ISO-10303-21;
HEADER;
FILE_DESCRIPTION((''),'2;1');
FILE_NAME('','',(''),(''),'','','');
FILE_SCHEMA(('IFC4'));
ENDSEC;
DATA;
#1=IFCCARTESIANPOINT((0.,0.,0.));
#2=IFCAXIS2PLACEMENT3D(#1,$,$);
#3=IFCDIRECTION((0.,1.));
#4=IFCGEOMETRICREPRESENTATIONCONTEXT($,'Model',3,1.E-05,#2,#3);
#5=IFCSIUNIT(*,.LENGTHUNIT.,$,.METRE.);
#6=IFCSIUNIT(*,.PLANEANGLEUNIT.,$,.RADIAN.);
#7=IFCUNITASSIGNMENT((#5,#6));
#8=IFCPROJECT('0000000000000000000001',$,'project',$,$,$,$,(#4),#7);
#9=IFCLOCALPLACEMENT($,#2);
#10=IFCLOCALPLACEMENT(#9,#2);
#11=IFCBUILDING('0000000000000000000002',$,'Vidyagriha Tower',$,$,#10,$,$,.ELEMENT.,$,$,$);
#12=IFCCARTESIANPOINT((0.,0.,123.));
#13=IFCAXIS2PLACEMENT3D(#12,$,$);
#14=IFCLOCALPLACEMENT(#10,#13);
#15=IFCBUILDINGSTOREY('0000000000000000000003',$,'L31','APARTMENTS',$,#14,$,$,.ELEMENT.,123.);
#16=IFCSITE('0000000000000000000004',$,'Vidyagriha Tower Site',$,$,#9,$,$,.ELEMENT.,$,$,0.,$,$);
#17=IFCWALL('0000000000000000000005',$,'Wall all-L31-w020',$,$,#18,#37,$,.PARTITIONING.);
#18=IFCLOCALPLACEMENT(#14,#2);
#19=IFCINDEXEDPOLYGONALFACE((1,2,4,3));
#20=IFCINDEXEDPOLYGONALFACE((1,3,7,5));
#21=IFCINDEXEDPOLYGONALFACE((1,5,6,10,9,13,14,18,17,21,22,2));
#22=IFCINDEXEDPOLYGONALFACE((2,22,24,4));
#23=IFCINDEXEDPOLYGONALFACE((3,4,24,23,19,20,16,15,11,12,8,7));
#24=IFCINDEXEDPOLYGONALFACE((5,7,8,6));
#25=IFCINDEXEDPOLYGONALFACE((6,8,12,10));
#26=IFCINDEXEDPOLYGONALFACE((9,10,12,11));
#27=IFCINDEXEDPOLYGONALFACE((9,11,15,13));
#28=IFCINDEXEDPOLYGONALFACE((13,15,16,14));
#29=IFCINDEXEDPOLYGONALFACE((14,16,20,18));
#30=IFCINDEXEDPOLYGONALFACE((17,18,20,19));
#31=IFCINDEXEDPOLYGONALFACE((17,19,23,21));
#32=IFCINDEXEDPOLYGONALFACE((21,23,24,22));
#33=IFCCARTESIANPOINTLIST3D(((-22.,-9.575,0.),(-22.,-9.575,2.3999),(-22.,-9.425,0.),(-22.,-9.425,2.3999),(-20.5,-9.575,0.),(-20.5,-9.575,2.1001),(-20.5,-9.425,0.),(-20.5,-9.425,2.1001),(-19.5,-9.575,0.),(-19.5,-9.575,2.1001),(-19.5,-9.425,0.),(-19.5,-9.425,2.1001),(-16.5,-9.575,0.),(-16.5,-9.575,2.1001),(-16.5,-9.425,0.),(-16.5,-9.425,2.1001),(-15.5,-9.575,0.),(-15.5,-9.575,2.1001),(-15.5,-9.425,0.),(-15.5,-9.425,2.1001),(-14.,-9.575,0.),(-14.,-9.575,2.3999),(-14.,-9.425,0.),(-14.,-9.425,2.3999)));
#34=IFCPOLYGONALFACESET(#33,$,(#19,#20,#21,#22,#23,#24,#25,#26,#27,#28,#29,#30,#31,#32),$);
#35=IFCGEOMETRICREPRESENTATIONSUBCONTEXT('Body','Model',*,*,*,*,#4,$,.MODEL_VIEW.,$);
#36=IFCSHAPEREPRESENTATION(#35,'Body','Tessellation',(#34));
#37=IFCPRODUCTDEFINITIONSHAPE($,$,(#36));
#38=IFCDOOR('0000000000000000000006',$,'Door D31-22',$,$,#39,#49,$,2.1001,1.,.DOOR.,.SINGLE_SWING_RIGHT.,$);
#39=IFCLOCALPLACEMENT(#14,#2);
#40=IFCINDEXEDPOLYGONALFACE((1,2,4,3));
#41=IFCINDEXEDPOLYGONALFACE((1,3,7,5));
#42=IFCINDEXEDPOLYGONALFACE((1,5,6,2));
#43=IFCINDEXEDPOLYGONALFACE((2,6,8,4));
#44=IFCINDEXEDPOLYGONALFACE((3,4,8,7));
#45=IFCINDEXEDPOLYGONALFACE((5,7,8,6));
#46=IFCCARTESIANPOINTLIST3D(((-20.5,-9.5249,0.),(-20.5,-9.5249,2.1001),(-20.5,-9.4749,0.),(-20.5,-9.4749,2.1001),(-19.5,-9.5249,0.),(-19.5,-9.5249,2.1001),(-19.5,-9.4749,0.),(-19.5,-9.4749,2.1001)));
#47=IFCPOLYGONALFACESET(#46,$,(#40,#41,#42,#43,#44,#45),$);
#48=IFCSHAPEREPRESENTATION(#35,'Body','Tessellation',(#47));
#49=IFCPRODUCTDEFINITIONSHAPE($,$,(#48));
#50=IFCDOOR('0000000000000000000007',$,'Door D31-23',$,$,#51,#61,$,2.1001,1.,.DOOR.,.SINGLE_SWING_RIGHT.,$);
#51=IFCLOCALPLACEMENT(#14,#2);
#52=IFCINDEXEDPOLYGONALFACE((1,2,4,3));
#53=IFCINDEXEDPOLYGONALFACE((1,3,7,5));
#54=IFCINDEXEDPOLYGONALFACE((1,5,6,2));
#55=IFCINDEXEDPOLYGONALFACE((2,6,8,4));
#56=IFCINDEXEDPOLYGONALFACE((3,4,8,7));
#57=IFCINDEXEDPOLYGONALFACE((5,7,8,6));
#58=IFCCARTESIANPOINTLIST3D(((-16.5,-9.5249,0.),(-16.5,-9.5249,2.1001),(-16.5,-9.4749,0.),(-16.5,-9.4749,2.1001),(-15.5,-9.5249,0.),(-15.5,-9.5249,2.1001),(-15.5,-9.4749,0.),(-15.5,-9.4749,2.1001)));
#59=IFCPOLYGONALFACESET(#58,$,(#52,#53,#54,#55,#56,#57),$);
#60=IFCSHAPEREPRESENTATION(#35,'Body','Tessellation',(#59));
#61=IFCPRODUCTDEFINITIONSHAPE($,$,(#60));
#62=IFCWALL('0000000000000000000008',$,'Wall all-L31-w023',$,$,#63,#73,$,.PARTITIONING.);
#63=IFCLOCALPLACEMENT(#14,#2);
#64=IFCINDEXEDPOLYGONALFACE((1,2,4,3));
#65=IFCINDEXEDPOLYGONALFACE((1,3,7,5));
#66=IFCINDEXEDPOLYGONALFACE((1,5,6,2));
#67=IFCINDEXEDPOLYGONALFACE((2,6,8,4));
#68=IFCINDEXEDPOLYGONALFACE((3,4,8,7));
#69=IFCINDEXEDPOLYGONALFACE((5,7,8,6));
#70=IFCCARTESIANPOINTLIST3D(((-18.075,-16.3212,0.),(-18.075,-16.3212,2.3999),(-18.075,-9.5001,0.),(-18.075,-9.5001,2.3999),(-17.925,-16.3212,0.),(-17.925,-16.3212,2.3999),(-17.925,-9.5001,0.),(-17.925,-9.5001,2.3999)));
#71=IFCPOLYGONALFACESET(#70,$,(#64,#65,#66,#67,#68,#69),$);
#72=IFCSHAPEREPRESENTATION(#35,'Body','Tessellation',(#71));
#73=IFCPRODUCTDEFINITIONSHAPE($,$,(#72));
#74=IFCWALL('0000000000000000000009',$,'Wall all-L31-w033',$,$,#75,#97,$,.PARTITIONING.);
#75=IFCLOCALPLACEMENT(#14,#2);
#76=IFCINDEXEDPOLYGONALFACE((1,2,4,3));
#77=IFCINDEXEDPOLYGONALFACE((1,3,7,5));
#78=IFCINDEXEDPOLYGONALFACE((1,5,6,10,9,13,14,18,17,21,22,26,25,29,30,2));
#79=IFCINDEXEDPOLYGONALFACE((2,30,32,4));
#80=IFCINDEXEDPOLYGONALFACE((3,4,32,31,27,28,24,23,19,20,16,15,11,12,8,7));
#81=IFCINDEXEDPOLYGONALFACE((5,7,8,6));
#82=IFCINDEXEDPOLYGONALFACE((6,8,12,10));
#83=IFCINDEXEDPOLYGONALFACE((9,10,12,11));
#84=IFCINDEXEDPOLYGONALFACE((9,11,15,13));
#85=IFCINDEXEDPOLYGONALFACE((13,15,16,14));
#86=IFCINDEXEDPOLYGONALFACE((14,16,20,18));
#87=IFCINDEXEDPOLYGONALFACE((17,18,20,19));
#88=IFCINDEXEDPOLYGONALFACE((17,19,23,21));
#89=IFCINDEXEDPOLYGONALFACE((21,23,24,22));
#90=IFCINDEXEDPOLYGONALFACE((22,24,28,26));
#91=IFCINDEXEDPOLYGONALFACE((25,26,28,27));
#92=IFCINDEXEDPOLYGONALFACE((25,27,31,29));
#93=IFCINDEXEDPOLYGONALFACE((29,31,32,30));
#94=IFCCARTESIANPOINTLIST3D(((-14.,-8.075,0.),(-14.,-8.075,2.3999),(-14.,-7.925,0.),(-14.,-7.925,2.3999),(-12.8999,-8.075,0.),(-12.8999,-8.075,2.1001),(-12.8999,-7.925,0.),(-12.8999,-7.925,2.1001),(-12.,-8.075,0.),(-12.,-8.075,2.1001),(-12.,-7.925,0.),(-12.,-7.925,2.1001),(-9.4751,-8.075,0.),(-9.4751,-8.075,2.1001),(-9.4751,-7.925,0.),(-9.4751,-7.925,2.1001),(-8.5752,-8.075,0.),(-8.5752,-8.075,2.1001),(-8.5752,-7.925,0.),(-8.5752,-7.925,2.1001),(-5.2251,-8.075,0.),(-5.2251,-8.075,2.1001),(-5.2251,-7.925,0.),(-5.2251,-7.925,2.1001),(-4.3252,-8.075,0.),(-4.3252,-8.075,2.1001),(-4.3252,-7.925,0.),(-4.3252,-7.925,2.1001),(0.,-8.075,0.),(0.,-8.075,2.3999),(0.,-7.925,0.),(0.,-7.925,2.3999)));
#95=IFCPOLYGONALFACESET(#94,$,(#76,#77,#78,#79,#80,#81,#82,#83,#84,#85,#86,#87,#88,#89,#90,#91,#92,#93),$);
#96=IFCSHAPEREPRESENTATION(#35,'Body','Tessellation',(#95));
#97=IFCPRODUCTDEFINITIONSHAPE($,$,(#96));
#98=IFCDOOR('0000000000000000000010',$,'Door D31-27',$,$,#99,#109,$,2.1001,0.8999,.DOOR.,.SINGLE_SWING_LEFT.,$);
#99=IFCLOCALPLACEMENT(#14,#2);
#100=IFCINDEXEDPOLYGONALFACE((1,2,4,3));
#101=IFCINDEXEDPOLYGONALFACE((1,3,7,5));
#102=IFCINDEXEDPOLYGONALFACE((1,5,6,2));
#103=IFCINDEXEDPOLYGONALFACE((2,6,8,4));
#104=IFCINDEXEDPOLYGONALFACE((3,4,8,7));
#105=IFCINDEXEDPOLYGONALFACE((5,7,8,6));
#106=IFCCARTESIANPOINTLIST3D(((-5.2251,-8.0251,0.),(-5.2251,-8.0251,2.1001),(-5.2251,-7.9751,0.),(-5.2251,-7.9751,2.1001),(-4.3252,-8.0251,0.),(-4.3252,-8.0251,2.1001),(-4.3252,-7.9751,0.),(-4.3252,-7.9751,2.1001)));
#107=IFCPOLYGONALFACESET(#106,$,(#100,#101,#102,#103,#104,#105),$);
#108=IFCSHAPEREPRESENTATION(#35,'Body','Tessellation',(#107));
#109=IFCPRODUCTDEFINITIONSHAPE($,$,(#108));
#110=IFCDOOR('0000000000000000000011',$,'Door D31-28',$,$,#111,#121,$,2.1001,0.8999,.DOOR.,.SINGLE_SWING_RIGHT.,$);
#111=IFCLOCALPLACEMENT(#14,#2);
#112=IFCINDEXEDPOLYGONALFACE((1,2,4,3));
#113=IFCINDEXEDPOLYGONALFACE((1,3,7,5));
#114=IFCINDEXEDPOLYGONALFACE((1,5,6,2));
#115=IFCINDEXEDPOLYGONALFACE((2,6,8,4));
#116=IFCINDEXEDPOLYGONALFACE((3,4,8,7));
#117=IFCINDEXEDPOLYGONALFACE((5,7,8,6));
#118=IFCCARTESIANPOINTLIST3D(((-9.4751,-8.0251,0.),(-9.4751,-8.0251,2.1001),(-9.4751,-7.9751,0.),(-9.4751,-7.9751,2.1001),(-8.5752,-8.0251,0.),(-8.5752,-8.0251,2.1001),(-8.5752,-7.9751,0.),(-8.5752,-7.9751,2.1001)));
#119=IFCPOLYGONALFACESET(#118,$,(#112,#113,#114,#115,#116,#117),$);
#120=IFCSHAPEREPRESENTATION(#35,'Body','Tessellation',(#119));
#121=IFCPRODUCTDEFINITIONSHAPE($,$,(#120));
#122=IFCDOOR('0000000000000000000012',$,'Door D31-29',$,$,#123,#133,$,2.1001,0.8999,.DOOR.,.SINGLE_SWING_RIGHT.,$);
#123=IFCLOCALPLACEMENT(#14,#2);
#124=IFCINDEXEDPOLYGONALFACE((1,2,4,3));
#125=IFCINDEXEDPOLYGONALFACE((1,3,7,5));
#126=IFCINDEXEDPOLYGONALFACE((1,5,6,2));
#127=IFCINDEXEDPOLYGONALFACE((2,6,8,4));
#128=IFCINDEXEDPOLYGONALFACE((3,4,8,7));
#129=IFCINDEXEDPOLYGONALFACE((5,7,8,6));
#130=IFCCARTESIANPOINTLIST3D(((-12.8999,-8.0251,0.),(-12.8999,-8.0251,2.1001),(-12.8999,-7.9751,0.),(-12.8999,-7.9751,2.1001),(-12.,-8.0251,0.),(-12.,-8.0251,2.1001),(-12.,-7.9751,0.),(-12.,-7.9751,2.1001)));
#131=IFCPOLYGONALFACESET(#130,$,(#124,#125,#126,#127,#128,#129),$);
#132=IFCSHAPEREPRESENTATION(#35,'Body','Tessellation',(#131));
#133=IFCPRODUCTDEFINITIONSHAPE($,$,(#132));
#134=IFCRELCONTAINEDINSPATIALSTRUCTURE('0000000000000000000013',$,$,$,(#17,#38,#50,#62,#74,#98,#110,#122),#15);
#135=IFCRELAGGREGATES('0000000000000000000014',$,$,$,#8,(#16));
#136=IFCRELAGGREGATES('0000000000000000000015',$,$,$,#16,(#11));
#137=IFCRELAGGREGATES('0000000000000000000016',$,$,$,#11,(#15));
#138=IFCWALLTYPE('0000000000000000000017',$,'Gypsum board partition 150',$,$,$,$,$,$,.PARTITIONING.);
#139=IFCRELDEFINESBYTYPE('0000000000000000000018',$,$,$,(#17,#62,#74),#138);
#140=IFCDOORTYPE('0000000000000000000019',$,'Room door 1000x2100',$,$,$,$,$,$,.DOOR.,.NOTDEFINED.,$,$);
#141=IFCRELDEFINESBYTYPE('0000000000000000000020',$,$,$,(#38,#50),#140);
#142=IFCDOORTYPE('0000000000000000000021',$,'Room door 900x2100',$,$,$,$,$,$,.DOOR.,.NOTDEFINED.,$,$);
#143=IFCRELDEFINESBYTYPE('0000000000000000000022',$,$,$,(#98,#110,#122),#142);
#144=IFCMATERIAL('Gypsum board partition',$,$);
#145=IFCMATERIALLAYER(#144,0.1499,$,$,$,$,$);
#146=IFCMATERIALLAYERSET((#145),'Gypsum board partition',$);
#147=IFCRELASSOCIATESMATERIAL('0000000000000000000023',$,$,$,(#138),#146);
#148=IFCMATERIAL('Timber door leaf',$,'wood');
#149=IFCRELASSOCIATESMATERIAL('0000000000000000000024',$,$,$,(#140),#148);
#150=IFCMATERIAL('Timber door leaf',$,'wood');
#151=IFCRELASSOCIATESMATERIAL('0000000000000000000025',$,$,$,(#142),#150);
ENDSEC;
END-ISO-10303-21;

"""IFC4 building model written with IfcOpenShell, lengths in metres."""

from ifc_helpers import new_model, si_unit, direction, frame, frame_2d, origin, place, context, subcontext, project, spatial, rectangle, extrude, material, layer, layer_set, type_object, element, fill, save


model = new_model("IFC4")

# Units and contexts
model_context = context("Model", 3, precision=1e-05, world=origin(), true_north=direction((0.0, 1.0)))
body_context = subcontext(model_context, "Body", "Model", "MODEL_VIEW")
ifc_project = project(units=[si_unit("LENGTHUNIT", "METRE"), si_unit("PLANEANGLEUNIT", "RADIAN")], contexts=[model_context])

# Site, building, storey
site_placement = place(None, origin())
site = spatial("IfcSite", under=ifc_project, at=site_placement, Name="Vidyagriha Tower Site", CompositionType="ELEMENT", RefElevation=0.0)
building_placement = place(site_placement, origin())
building = spatial("IfcBuilding", under=site, at=building_placement, Name="Vidyagriha Tower", CompositionType="ELEMENT")
storey_placement = place(building_placement, frame((0.0, 0.0, 123.0)))
storey = spatial("IfcBuildingStorey", under=building, at=storey_placement, Name="L31", Description="APARTMENTS", CompositionType="ELEMENT", Elevation=123.0)

# Shared definitions
ifc_material_1 = material(Name="Gypsum board partition")
ifc_layer_1 = layer(ifc_material_1, 0.1499)
ifc_layer_set_1 = layer_set([ifc_layer_1], Name="Gypsum board partition")
wall_type_1 = type_object("IfcWallType", Name="Gypsum board partition 150", PredefinedType="PARTITIONING", material=ifc_layer_set_1)

# Wall, openings, doors
wall_1_placement = place(storey_placement, frame((-14.0, -9.5, 0.0), z_axis=(0.0, 0.0, 1.0), x_axis=(-1.0, 0.0, 0.0)))
wall_1 = element("IfcWall", 1, at=wall_1_placement, inside=storey, type_object=wall_type_1, Name="Wall all-L31-w020", PredefinedType="PARTITIONING", context=body_context, shape_type="SweptSolid", body=[
    extrude(rectangle(XDim=8.0, YDim=0.1499, at=frame_2d((4.0, 0.0))), origin(), (0.0, 0.0, 1.0), 2.3999),
])
opening_1_placement = place(wall_1_placement, frame((5.5, 0.0, 0.0)))
opening_1 = element("IfcOpeningElement", 2, at=opening_1_placement, cuts=wall_1, PredefinedType="OPENING", context=body_context, shape_type="SweptSolid", body=[
    extrude(rectangle(XDim=1.0, YDim=2.1001, at=frame_2d((0.5, 1.05))), frame((0.0, 0.085, 0.0), z_axis=(0.0, -1.0, 0.0), x_axis=(1.0, 0.0, 0.0)), (0.0, 0.0, 1.0), 0.1699),
])
opening_2_placement = place(wall_1_placement, frame((1.5, 0.0, 0.0)))
opening_2 = element("IfcOpeningElement", 3, at=opening_2_placement, cuts=wall_1, PredefinedType="OPENING", context=body_context, shape_type="SweptSolid", body=[
    extrude(rectangle(XDim=1.0, YDim=2.1001, at=frame_2d((0.5, 1.05))), frame((0.0, 0.085, 0.0), z_axis=(0.0, -1.0, 0.0), x_axis=(1.0, 0.0, 0.0)), (0.0, 0.0, 1.0), 0.1699),
])
ifc_material_2 = material(Name="Timber door leaf", Category="wood")
door_type_1 = type_object("IfcDoorType", Name="Room door 1000x2100", OperationType="NOTDEFINED", PredefinedType="DOOR", material=ifc_material_2)
door_1_placement = place(opening_1_placement, origin())
door_1 = element("IfcDoor", 4, at=door_1_placement, inside=storey, type_object=door_type_1, Name="Door D31-22", OperationType="SINGLE_SWING_RIGHT", OverallHeight=2.1001, OverallWidth=1.0, PredefinedType="DOOR", context=body_context, shape_type="SweptSolid", body=[
    extrude(rectangle(XDim=1.0, YDim=2.1001, at=frame_2d((0.5, 1.05))), frame((0.0, 0.0249, 0.0), z_axis=(0.0, -1.0, 0.0), x_axis=(1.0, 0.0, 0.0)), (0.0, 0.0, 1.0), 0.05),
])
fill(opening_1, door_1)
door_2_placement = place(opening_2_placement, origin())
door_2 = element("IfcDoor", 5, at=door_2_placement, inside=storey, type_object=door_type_1, Name="Door D31-23", OperationType="SINGLE_SWING_RIGHT", OverallHeight=2.1001, OverallWidth=1.0, PredefinedType="DOOR", context=body_context, shape_type="SweptSolid", body=[
    extrude(rectangle(XDim=1.0, YDim=2.1001, at=frame_2d((0.5, 1.05))), frame((0.0, 0.0249, 0.0), z_axis=(0.0, -1.0, 0.0), x_axis=(1.0, 0.0, 0.0)), (0.0, 0.0, 1.0), 0.05),
])
fill(opening_2, door_2)

# Wall
wall_2_placement = place(storey_placement, frame((-18.0, -9.5, 0.0), z_axis=(0.0, 0.0, 1.0), x_axis=(0.0, -1.0, 0.0)))
element("IfcWall", 6, at=wall_2_placement, inside=storey, type_object=wall_type_1, Name="Wall all-L31-w023", PredefinedType="PARTITIONING", context=body_context, shape_type="SweptSolid", body=[
    extrude(rectangle(XDim=6.821, YDim=0.1499, at=frame_2d((3.4106, 0.0))), origin(), (0.0, 0.0, 1.0), 2.3999),
])

# Wall, openings, doors
wall_3_placement = place(storey_placement, frame((-14.0, -8.0, 0.0)))
wall_3 = element("IfcWall", 7, at=wall_3_placement, inside=storey, type_object=wall_type_1, Name="Wall all-L31-w033", PredefinedType="PARTITIONING", context=body_context, shape_type="SweptSolid", body=[
    extrude(rectangle(XDim=14.0, YDim=0.1499, at=frame_2d((7.0, 0.0))), origin(), (0.0, 0.0, 1.0), 2.3999),
])
opening_3_placement = place(wall_3_placement, frame((8.7749, 0.0, 0.0)))
opening_3 = element("IfcOpeningElement", 8, at=opening_3_placement, cuts=wall_3, PredefinedType="OPENING", context=body_context, shape_type="SweptSolid", body=[
    extrude(rectangle(XDim=0.8999, YDim=2.1001, at=frame_2d((0.45, 1.05))), frame((0.0, 0.085, 0.0), z_axis=(0.0, -1.0, 0.0), x_axis=(1.0, 0.0, 0.0)), (0.0, 0.0, 1.0), 0.1699),
])
opening_4_placement = place(wall_3_placement, frame((4.5249, 0.0, 0.0)))
opening_4 = element("IfcOpeningElement", 9, at=opening_4_placement, cuts=wall_3, PredefinedType="OPENING", context=body_context, shape_type="SweptSolid", body=[
    extrude(rectangle(XDim=0.8999, YDim=2.1001, at=frame_2d((0.45, 1.05))), frame((0.0, 0.085, 0.0), z_axis=(0.0, -1.0, 0.0), x_axis=(1.0, 0.0, 0.0)), (0.0, 0.0, 1.0), 0.1699),
])
opening_5_placement = place(wall_3_placement, frame((1.1001, 0.0, 0.0)))
opening_5 = element("IfcOpeningElement", 10, at=opening_5_placement, cuts=wall_3, PredefinedType="OPENING", context=body_context, shape_type="SweptSolid", body=[
    extrude(rectangle(XDim=0.8999, YDim=2.1001, at=frame_2d((0.45, 1.05))), frame((0.0, 0.085, 0.0), z_axis=(0.0, -1.0, 0.0), x_axis=(1.0, 0.0, 0.0)), (0.0, 0.0, 1.0), 0.1699),
])
ifc_material_3 = material(Name="Timber door leaf", Category="wood")
door_type_2 = type_object("IfcDoorType", Name="Room door 900x2100", OperationType="NOTDEFINED", PredefinedType="DOOR", material=ifc_material_3)
door_3_placement = place(opening_3_placement, origin())
door_3 = element("IfcDoor", 11, at=door_3_placement, inside=storey, type_object=door_type_2, Name="Door D31-27", OperationType="SINGLE_SWING_LEFT", OverallHeight=2.1001, OverallWidth=0.8999, PredefinedType="DOOR", context=body_context, shape_type="SweptSolid", body=[
    extrude(rectangle(XDim=0.8999, YDim=2.1001, at=frame_2d((0.45, 1.05))), frame((0.0, 0.0249, 0.0), z_axis=(0.0, -1.0, 0.0), x_axis=(1.0, 0.0, 0.0)), (0.0, 0.0, 1.0), 0.05),
])
fill(opening_3, door_3)
door_4_placement = place(opening_4_placement, origin())
door_4 = element("IfcDoor", 12, at=door_4_placement, inside=storey, type_object=door_type_2, Name="Door D31-28", OperationType="SINGLE_SWING_RIGHT", OverallHeight=2.1001, OverallWidth=0.8999, PredefinedType="DOOR", context=body_context, shape_type="SweptSolid", body=[
    extrude(rectangle(XDim=0.8999, YDim=2.1001, at=frame_2d((0.45, 1.05))), frame((0.0, 0.0249, 0.0), z_axis=(0.0, -1.0, 0.0), x_axis=(1.0, 0.0, 0.0)), (0.0, 0.0, 1.0), 0.05),
])
fill(opening_4, door_4)
door_5_placement = place(opening_5_placement, origin())
door_5 = element("IfcDoor", 13, at=door_5_placement, inside=storey, type_object=door_type_2, Name="Door D31-29", OperationType="SINGLE_SWING_RIGHT", OverallHeight=2.1001, OverallWidth=0.8999, PredefinedType="DOOR", context=body_context, shape_type="SweptSolid", body=[
    extrude(rectangle(XDim=0.8999, YDim=2.1001, at=frame_2d((0.45, 1.05))), frame((0.0, 0.0249, 0.0), z_axis=(0.0, -1.0, 0.0), x_axis=(1.0, 0.0, 0.0)), (0.0, 0.0, 1.0), 0.05),
])
fill(opening_5, door_5)

save(model, "model.ifc")
